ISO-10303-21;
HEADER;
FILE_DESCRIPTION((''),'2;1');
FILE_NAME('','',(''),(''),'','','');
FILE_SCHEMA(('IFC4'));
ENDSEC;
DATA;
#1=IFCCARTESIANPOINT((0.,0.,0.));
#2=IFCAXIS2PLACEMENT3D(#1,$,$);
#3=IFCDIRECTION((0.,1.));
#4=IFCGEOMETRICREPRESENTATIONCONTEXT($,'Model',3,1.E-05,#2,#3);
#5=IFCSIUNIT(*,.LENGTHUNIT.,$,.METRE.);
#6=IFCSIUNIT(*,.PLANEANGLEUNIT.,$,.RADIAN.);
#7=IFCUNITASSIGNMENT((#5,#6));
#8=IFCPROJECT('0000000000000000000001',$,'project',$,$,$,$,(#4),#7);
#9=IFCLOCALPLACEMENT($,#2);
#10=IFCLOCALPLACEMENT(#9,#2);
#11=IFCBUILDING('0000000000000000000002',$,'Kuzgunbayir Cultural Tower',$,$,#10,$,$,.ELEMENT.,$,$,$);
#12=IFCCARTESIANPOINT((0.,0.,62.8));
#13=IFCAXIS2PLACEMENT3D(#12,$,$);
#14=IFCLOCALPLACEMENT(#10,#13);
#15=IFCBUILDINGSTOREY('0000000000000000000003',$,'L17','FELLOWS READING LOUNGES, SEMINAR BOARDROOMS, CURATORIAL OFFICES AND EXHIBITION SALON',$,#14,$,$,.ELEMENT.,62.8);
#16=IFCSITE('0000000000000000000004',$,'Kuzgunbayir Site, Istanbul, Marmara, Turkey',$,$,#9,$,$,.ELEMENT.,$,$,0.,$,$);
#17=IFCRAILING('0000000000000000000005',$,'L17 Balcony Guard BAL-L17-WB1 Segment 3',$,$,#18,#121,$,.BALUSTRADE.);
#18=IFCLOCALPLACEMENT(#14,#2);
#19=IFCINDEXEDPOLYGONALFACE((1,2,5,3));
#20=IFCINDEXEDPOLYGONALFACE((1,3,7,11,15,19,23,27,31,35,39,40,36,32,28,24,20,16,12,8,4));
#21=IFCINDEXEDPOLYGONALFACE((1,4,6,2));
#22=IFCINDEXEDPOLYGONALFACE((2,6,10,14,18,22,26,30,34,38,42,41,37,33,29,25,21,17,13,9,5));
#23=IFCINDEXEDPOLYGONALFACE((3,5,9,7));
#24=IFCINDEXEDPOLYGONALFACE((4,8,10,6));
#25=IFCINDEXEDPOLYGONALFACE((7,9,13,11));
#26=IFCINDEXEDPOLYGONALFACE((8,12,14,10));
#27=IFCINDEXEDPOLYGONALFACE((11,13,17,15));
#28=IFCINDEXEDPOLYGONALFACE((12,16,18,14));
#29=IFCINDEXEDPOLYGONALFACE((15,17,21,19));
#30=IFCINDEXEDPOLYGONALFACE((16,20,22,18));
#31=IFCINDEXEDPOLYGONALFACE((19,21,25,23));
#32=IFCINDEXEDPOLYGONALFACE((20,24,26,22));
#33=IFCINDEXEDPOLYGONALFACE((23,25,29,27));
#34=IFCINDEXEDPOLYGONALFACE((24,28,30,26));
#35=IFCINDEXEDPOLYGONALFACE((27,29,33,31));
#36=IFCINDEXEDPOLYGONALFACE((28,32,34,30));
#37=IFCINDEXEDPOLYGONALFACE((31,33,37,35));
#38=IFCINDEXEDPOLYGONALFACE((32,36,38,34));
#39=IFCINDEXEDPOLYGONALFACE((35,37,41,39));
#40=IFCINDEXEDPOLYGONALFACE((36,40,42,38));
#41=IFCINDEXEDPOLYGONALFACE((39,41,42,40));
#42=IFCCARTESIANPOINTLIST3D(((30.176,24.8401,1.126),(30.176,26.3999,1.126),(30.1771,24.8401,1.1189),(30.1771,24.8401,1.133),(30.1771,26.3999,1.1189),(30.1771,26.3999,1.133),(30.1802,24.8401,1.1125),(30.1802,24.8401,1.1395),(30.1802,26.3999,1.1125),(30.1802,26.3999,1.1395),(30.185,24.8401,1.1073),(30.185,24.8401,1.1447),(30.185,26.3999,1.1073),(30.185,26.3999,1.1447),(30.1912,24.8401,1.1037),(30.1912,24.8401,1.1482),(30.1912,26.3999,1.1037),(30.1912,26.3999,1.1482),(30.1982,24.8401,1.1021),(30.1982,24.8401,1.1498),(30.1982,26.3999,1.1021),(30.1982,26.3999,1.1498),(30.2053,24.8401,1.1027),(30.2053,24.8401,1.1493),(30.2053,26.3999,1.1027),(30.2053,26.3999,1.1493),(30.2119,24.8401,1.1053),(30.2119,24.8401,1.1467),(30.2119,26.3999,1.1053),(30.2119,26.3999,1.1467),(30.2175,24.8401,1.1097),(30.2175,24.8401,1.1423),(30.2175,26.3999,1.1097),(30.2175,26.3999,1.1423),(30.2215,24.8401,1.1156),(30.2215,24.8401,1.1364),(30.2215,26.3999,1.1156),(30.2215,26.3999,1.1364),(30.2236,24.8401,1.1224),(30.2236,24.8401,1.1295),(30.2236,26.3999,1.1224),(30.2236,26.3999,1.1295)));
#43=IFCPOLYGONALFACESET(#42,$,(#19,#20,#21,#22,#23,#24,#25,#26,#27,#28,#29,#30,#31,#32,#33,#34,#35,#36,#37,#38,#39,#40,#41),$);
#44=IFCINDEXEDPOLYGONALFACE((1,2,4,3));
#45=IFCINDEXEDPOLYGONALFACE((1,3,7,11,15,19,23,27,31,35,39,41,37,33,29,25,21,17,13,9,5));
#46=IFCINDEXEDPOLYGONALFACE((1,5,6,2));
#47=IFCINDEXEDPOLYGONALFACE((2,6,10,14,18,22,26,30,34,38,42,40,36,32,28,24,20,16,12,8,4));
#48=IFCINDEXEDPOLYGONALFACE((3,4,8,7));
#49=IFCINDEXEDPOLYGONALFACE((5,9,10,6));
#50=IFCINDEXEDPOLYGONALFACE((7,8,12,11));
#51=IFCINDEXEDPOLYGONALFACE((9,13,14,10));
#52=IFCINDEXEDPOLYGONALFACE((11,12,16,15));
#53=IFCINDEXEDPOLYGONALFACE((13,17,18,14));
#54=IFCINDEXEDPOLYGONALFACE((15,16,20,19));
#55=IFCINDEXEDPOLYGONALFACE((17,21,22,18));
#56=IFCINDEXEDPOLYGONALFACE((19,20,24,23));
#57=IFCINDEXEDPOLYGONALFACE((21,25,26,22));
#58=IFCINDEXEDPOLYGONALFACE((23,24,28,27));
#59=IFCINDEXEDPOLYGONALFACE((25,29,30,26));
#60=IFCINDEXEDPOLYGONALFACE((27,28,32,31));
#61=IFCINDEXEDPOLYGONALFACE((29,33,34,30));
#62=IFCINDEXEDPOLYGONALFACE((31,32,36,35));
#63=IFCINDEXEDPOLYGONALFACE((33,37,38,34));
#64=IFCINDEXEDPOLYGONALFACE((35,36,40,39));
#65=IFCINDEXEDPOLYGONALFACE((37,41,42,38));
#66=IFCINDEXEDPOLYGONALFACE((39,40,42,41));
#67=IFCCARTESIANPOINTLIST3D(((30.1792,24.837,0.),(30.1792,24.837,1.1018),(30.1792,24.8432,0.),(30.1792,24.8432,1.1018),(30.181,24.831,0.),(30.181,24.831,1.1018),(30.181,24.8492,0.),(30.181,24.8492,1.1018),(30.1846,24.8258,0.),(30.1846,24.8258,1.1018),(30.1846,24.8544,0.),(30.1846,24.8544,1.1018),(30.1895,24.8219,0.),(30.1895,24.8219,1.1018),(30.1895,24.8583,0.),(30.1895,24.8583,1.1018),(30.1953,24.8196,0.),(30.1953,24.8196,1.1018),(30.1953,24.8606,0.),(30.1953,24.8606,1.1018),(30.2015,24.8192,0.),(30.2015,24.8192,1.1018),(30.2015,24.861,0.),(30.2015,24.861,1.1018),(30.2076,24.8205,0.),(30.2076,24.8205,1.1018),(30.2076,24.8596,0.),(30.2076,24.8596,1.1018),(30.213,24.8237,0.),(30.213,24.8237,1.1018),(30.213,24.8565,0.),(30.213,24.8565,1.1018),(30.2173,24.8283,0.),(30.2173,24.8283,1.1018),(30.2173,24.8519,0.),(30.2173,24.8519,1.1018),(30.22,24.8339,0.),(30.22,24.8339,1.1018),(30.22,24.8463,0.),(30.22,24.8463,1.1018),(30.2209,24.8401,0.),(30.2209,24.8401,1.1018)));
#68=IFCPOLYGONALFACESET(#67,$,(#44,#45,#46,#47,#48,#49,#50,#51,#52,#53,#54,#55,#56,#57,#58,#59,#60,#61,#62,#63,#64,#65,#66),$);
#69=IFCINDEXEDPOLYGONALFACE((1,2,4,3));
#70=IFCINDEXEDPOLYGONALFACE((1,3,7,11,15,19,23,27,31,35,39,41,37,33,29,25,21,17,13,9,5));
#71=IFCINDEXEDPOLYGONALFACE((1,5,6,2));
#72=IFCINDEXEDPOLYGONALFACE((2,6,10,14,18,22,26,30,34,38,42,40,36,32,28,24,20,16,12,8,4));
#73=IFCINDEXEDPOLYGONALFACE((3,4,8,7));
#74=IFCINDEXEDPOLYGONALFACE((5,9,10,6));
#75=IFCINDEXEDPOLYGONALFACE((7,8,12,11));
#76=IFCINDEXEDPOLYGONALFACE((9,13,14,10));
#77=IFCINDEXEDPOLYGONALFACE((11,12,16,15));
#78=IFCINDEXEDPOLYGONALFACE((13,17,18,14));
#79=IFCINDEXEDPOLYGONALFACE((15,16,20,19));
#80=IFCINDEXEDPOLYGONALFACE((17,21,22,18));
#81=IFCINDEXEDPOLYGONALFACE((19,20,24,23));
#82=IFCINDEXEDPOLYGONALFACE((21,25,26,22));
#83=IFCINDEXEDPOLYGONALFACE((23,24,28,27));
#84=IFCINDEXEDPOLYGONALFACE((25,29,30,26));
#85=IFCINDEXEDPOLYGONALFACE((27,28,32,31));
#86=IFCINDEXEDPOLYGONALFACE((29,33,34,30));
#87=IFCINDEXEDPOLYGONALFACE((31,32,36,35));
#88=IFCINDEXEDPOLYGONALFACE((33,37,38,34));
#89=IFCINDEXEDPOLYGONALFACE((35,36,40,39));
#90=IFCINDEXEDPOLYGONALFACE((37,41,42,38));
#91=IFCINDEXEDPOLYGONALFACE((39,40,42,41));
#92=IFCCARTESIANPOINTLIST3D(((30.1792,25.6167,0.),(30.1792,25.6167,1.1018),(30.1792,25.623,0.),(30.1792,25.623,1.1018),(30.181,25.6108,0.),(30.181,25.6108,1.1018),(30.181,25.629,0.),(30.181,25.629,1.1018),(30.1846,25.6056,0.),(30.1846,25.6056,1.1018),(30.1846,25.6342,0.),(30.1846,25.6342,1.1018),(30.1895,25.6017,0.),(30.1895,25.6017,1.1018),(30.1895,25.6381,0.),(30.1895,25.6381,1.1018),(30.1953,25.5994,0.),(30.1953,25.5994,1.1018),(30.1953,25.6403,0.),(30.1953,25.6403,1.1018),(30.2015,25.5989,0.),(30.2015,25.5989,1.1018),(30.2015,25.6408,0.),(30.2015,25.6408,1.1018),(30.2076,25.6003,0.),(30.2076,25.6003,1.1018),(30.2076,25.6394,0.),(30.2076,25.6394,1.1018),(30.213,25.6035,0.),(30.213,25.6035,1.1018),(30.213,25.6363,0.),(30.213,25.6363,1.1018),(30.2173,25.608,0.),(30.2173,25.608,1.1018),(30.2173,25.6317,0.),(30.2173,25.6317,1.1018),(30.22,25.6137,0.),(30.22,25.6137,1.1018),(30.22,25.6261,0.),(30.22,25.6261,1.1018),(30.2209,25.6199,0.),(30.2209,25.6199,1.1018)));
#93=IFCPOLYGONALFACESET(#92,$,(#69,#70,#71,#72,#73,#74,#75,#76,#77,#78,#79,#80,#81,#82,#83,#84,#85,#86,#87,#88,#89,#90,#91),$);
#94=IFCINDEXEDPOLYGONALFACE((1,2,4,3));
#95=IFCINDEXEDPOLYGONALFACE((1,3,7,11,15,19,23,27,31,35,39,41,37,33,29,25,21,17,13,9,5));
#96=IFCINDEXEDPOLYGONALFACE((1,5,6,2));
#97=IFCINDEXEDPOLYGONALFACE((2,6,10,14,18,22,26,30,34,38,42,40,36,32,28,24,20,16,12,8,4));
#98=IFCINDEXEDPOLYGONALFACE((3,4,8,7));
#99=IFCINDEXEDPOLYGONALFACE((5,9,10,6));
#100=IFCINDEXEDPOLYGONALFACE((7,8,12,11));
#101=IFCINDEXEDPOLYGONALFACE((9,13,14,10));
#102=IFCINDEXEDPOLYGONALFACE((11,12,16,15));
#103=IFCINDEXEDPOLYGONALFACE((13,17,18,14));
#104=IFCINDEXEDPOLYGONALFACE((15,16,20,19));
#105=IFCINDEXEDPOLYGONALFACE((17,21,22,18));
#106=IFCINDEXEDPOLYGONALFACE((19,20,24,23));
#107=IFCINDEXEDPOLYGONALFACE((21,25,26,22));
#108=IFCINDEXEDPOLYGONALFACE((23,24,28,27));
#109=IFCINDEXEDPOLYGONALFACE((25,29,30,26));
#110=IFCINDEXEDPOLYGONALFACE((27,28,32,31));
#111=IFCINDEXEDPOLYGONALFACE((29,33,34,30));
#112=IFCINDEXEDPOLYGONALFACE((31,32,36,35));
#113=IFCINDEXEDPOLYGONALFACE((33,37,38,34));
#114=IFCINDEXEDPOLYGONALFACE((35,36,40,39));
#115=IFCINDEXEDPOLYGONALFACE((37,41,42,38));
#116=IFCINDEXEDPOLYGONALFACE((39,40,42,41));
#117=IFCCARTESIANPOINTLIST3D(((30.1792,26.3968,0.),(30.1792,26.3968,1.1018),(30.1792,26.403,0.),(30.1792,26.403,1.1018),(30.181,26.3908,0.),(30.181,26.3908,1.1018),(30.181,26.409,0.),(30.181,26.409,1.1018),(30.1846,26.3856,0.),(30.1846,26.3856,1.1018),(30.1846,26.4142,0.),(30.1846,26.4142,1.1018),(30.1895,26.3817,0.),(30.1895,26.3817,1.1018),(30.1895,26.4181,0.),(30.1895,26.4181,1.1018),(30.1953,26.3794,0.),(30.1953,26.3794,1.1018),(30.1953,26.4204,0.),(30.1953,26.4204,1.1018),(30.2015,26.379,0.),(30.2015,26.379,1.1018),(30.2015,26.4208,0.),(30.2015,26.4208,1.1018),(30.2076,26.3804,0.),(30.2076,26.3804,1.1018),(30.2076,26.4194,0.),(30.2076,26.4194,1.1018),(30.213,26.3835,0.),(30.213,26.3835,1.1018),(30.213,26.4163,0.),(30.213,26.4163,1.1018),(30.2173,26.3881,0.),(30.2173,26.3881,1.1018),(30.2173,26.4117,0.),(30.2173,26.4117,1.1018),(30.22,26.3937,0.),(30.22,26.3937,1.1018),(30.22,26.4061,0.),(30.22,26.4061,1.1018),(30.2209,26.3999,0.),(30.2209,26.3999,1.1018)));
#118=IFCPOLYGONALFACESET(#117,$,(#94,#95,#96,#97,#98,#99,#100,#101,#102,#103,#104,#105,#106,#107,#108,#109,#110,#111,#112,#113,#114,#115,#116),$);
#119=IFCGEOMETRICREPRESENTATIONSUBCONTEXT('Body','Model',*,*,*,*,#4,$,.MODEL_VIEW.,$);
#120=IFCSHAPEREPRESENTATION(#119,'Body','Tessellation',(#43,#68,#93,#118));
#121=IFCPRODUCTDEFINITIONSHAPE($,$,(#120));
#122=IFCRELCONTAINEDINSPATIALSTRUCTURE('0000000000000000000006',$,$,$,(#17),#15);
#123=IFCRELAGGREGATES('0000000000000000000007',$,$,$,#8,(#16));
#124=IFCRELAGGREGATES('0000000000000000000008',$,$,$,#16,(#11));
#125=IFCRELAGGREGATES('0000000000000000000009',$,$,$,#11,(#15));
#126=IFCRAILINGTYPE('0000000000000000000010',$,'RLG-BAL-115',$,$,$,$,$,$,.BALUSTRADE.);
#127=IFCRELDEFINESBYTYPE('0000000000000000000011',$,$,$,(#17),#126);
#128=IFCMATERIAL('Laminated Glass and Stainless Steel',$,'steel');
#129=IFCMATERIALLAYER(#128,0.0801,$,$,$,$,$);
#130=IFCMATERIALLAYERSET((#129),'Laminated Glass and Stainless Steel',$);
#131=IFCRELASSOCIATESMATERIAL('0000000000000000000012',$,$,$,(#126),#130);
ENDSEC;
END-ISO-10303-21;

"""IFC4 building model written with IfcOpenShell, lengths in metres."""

from ifc_helpers import new_model, si_unit, direction, frame, origin, origin_2d, place, context, subcontext, project, spatial, circle, extrude, material, layer, layer_set, type_object, element, save


model = new_model("IFC4")

# Units and contexts
model_context = context("Model", 3, precision=1e-05, world=origin(), true_north=direction((0.0, 1.0)))
body_context = subcontext(model_context, "Body", "Model", "MODEL_VIEW")
ifc_project = project(units=[si_unit("LENGTHUNIT", "METRE"), si_unit("PLANEANGLEUNIT", "RADIAN")], contexts=[model_context])

# Site, building, storey
site_placement = place(None, origin())
site = spatial("IfcSite", under=ifc_project, at=site_placement, Name="Kuzgunbayir Site, Istanbul, Marmara, Turkey", CompositionType="ELEMENT", RefElevation=0.0)
building_placement = place(site_placement, origin())
building = spatial("IfcBuilding", under=site, at=building_placement, Name="Kuzgunbayir Cultural Tower", CompositionType="ELEMENT")
storey_placement = place(building_placement, frame((0.0, 0.0, 62.8)))
storey = spatial("IfcBuildingStorey", under=building, at=storey_placement, Name="L17", Description="FELLOWS READING LOUNGES, SEMINAR BOARDROOMS, CURATORIAL OFFICES AND EXHIBITION SALON", CompositionType="ELEMENT", Elevation=62.8)

# Railing
ifc_material_1 = material(Name="Laminated Glass and Stainless Steel", Category="steel")
ifc_layer_1 = layer(ifc_material_1, 0.0801)
ifc_layer_set_1 = layer_set([ifc_layer_1], Name="Laminated Glass and Stainless Steel")
railing_type = type_object("IfcRailingType", Name="RLG-BAL-115", PredefinedType="BALUSTRADE", material=ifc_layer_set_1)
railing_1_placement = place(storey_placement, frame((30.2, 24.8401, 0.0)))
element("IfcRailing", 1, at=railing_1_placement, inside=storey, type_object=railing_type, Name="L17 Balcony Guard BAL-L17-WB1 Segment 3", PredefinedType="BALUSTRADE", context=body_context, shape_type="SweptSolid", body=[
    extrude(circle(Radius=0.0239, at=origin_2d()), frame((0.0, 0.0, 1.126), z_axis=(0.0, 1.0, 0.0), x_axis=(-1.0, 0.0, 0.0)), (0.0, 0.0, 1.0), 1.5598),
    extrude(circle(Radius=0.021, at=origin_2d()), origin(), (0.0, 0.0, 1.0), 1.1018),
    extrude(circle(Radius=0.021, at=origin_2d()), frame((0.0, 0.7798, 0.0)), (0.0, 0.0, 1.0), 1.1018),
    extrude(circle(Radius=0.021, at=origin_2d()), frame((0.0, 1.5598, 0.0)), (0.0, 0.0, 1.0), 1.1018),
])

save(model, "model.ifc")
